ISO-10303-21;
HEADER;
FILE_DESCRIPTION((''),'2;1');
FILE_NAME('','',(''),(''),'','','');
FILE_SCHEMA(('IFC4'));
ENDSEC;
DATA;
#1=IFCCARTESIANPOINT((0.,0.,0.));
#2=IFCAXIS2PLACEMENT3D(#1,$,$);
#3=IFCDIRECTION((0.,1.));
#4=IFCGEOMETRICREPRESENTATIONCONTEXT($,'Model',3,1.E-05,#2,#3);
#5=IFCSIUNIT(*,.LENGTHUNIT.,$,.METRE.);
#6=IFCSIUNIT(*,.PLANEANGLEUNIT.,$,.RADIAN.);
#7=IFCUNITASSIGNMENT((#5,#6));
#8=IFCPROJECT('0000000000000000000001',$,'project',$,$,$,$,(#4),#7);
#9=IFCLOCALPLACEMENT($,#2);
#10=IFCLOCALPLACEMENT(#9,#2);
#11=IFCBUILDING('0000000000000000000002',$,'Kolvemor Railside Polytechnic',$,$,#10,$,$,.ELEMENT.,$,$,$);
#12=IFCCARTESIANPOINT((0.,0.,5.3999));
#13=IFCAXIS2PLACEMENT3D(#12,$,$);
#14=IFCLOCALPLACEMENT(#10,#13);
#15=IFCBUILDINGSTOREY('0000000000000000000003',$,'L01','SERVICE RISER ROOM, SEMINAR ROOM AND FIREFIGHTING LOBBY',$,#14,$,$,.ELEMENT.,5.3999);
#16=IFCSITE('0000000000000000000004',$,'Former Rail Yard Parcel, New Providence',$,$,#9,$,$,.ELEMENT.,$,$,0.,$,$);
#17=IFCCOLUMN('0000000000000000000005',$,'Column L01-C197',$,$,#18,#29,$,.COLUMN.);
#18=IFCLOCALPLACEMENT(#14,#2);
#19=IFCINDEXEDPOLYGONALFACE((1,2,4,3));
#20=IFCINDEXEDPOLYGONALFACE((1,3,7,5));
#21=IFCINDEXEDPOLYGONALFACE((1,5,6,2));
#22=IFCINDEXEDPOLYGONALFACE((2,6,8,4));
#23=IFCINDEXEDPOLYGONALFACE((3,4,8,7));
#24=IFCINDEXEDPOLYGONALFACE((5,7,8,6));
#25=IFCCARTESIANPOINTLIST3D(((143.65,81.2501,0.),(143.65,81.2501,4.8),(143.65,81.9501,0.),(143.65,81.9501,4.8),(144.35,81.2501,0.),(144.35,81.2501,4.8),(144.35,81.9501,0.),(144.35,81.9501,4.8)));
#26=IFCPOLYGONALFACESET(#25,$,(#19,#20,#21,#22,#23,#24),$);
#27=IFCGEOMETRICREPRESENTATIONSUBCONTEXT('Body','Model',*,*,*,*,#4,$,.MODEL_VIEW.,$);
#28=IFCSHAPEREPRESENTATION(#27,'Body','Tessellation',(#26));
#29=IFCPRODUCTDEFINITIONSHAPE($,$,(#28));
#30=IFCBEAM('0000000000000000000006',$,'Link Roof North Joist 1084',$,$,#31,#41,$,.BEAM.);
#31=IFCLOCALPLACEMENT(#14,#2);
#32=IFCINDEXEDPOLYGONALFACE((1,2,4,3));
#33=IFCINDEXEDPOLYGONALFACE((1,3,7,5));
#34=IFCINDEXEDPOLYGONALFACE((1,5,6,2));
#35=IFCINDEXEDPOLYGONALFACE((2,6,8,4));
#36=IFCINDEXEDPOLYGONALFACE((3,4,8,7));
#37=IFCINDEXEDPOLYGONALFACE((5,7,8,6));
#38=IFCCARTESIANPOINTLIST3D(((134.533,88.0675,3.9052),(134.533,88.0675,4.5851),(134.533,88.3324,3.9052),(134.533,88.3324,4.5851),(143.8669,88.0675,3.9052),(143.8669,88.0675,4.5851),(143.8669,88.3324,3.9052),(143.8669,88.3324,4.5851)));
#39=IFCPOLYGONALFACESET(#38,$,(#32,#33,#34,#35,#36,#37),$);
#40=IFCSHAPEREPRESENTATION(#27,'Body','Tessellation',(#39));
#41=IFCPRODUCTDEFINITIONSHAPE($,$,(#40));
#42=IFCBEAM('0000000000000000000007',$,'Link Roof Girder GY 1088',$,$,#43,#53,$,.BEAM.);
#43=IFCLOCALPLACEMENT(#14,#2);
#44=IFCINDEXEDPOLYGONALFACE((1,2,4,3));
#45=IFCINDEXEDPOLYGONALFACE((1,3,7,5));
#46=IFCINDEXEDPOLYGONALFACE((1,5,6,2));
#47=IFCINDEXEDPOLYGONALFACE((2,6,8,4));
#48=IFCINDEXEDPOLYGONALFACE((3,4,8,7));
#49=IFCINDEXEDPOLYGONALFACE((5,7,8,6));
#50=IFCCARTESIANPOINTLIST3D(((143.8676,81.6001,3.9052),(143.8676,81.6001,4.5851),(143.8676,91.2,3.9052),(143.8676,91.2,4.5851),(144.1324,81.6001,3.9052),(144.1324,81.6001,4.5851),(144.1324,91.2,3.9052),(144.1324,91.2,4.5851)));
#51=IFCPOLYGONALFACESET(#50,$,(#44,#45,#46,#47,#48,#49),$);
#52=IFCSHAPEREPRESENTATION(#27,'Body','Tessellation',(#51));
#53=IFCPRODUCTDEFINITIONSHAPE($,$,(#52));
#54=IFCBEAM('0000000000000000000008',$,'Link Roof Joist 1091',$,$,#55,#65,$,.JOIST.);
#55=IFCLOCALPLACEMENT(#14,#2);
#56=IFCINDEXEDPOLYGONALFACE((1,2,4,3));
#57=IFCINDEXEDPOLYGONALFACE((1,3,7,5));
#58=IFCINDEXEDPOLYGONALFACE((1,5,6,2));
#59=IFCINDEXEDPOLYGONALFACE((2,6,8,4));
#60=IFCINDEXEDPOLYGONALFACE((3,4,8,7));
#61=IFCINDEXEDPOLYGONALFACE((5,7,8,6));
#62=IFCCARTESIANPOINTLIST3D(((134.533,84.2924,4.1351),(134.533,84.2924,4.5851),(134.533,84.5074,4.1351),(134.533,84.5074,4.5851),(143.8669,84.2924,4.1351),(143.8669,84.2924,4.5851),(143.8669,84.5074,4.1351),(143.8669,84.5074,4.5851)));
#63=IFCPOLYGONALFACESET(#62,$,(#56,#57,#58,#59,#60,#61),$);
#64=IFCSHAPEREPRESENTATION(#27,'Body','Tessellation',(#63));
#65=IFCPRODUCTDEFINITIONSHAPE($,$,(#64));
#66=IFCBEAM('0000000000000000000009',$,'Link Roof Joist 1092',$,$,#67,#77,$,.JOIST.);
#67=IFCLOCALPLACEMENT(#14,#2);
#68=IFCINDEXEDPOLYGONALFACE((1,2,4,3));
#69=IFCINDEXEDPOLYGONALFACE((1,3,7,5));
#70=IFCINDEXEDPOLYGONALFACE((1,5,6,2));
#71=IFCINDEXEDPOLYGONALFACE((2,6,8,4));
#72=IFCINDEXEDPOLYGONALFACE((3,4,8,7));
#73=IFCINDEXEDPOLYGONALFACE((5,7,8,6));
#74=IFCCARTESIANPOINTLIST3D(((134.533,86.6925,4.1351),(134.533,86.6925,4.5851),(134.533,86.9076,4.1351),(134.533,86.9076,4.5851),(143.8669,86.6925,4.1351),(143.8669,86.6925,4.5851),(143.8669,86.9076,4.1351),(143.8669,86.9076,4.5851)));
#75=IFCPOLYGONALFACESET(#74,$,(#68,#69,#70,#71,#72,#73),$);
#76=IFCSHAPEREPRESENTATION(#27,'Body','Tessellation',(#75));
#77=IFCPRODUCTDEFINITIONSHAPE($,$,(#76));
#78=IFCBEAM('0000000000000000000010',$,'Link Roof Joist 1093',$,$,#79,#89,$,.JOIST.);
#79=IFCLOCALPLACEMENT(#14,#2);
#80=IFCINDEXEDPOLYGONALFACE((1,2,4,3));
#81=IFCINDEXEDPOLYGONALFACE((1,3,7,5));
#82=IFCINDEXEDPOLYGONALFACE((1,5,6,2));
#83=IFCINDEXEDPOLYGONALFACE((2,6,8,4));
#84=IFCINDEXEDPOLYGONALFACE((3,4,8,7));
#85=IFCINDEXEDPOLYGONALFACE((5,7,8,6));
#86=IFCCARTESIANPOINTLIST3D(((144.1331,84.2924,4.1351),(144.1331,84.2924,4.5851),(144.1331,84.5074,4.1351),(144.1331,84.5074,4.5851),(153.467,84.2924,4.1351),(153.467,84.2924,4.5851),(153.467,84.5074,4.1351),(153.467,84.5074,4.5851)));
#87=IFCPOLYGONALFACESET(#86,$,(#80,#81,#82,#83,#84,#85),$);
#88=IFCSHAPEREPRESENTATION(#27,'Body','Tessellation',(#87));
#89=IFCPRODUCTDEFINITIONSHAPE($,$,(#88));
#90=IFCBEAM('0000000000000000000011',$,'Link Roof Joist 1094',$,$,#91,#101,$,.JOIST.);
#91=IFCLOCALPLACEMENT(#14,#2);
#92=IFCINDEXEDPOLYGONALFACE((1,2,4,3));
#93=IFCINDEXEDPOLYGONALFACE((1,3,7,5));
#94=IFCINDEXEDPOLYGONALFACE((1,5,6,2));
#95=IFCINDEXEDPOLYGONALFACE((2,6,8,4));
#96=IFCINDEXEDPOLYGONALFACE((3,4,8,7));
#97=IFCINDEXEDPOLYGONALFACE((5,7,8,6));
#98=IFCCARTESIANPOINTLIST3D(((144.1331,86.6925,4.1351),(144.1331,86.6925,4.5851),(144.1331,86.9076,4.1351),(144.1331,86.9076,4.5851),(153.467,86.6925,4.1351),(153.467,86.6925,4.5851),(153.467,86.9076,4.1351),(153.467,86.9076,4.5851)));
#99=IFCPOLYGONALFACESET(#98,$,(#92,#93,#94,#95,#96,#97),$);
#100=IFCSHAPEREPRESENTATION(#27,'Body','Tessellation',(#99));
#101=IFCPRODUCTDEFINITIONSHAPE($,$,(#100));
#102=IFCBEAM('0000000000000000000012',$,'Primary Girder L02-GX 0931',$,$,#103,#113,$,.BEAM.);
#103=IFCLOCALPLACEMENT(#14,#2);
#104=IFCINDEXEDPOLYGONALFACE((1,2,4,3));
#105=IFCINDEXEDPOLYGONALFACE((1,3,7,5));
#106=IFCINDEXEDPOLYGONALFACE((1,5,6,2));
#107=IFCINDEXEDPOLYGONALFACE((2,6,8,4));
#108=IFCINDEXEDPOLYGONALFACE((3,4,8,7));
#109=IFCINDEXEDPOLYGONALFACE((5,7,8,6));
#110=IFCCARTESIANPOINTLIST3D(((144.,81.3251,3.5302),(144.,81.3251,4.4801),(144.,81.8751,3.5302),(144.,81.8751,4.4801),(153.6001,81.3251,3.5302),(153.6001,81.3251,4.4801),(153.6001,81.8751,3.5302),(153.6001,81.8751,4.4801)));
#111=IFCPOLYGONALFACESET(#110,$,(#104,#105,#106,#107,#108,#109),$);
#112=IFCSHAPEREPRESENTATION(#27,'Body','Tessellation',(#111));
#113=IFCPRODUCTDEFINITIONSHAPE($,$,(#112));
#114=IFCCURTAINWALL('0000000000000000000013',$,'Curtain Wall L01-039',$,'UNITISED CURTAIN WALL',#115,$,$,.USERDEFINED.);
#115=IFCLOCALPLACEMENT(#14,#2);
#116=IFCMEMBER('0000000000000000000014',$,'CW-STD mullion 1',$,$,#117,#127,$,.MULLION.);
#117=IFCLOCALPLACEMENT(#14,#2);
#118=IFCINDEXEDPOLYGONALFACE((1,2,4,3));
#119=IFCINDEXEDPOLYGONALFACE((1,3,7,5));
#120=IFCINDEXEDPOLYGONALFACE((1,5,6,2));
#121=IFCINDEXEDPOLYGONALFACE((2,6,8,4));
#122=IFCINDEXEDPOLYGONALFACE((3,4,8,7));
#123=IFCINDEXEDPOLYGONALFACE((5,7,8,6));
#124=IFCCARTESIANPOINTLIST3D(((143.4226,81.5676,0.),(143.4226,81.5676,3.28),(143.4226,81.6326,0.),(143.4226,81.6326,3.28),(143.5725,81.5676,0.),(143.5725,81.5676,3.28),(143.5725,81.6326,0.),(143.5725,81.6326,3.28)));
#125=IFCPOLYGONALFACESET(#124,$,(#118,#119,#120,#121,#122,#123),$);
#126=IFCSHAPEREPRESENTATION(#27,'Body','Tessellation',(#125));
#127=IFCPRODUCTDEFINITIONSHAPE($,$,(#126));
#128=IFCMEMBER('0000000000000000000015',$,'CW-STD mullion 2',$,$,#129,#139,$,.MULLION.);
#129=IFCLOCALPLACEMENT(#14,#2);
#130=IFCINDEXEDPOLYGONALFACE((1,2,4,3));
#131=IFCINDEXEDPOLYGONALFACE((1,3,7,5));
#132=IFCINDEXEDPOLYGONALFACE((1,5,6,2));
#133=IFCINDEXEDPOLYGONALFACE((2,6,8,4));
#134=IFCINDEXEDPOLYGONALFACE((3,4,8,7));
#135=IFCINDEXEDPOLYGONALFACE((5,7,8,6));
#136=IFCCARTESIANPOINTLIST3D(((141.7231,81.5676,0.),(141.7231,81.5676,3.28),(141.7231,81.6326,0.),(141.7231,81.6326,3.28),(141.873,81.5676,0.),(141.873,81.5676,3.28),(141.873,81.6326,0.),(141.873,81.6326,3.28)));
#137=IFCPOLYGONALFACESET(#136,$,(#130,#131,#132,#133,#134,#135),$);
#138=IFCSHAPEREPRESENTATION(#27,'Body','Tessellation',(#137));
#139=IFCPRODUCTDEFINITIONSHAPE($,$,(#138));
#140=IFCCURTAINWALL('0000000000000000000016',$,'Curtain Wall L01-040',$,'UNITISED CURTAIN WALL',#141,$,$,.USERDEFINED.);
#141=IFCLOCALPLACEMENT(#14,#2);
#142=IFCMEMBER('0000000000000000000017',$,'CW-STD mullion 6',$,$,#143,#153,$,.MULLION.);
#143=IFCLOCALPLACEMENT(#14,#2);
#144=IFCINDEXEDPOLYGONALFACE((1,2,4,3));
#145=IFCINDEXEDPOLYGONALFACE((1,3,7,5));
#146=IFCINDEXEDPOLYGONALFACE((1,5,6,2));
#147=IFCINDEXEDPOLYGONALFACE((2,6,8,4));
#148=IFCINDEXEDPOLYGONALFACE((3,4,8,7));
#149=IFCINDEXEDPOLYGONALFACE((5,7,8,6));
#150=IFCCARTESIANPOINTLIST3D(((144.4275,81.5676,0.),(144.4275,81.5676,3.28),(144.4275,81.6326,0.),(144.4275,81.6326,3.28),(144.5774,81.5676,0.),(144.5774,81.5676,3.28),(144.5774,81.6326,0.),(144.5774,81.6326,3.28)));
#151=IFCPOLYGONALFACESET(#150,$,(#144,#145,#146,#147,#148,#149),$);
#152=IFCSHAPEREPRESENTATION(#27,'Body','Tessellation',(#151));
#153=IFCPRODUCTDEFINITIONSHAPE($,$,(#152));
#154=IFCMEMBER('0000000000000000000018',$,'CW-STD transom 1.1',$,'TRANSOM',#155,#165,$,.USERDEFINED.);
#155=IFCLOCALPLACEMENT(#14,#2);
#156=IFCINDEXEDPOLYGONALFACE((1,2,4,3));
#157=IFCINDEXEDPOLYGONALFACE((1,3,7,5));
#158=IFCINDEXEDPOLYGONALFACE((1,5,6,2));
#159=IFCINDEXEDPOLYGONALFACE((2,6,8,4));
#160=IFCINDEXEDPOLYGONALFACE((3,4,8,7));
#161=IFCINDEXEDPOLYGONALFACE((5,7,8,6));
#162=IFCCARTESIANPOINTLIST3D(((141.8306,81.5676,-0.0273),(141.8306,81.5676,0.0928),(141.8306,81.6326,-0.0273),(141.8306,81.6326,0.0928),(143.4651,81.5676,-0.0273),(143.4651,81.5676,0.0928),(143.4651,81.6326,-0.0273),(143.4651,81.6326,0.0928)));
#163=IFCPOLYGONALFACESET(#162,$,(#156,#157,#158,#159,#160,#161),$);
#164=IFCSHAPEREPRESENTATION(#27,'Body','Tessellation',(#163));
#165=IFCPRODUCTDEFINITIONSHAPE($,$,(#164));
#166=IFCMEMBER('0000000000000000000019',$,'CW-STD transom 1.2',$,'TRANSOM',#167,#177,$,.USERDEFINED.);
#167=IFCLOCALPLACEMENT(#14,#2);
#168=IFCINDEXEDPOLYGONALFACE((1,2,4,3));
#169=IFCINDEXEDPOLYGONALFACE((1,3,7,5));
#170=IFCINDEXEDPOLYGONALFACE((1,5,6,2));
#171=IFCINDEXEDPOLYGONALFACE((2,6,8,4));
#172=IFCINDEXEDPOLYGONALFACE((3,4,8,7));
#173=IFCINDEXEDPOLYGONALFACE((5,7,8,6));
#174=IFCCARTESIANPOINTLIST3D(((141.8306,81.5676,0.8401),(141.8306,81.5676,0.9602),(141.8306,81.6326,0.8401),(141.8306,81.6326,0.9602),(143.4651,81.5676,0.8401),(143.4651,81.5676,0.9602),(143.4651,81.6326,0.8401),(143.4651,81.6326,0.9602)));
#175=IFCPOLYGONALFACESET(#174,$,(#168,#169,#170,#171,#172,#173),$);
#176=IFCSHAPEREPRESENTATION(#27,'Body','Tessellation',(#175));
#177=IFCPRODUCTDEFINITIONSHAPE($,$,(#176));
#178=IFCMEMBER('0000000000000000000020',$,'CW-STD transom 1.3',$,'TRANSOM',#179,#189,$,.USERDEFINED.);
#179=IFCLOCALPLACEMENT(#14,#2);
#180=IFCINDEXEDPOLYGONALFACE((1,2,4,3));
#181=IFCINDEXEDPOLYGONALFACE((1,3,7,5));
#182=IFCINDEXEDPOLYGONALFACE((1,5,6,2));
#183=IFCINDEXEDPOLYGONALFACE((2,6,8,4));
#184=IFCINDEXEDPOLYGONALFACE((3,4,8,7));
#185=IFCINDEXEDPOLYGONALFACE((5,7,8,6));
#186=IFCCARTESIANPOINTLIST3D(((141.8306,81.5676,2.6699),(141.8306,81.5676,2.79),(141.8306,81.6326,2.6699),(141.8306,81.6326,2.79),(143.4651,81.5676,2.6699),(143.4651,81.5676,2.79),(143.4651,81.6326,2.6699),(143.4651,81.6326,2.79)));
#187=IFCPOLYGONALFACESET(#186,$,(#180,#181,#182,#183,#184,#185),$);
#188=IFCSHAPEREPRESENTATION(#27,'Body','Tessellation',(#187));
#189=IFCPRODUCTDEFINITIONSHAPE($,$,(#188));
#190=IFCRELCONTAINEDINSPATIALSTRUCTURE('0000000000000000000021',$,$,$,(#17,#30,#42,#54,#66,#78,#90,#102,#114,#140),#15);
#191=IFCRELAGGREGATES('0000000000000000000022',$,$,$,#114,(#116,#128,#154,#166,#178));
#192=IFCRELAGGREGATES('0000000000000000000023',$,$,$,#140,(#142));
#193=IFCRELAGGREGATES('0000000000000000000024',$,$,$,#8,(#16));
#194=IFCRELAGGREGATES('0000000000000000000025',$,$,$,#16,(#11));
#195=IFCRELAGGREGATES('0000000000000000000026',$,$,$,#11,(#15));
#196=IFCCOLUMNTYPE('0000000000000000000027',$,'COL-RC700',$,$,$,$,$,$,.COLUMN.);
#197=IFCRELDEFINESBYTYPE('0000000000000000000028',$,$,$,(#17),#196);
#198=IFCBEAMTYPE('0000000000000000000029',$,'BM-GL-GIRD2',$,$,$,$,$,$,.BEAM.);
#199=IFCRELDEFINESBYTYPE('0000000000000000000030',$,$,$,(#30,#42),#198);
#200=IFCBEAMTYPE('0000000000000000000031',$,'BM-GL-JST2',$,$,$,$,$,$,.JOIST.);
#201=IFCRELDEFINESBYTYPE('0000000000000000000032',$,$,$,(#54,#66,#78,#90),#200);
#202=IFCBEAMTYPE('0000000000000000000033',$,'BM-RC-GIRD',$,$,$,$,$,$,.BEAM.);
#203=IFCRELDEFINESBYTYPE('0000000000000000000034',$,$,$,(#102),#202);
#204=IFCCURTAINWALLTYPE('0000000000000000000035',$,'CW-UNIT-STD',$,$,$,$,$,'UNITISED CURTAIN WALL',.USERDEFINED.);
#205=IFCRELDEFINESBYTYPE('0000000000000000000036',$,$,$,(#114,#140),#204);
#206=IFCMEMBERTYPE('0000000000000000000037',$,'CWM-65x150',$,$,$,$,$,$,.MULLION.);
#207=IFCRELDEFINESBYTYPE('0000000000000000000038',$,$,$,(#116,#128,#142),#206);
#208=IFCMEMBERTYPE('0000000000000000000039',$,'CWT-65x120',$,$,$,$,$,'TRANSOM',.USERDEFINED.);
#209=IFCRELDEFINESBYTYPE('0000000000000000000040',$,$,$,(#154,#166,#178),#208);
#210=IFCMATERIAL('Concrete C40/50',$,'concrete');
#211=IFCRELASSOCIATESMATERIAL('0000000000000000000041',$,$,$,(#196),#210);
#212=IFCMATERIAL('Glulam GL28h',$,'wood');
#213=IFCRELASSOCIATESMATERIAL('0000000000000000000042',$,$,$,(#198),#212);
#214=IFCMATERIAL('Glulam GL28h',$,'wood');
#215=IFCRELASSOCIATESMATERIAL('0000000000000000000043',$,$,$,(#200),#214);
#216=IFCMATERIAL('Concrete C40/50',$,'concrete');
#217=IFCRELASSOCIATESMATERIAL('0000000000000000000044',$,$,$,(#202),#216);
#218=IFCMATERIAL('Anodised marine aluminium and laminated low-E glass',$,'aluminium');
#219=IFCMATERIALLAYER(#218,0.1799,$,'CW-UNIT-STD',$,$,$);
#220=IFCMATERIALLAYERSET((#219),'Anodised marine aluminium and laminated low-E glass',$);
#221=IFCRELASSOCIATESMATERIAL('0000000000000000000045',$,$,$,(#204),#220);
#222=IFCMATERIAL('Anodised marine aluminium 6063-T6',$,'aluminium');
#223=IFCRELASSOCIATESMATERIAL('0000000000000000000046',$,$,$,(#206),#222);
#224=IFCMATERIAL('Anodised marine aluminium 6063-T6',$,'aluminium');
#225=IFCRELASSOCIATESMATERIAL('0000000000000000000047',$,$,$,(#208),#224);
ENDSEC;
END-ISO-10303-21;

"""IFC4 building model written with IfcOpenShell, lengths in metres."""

from ifc_helpers import new_model, si_unit, direction, frame, origin, origin_2d, place, context, subcontext, project, spatial, rectangle, extrude, material, layer, layer_set, material_profile, profile_set, type_object, element, aggregate, save


model = new_model("IFC4")

# Units and contexts
model_context = context("Model", 3, precision=1e-05, world=origin(), true_north=direction((0.0, 1.0)))
body_context = subcontext(model_context, "Body", "Model", "MODEL_VIEW")
ifc_project = project(units=[si_unit("LENGTHUNIT", "METRE"), si_unit("PLANEANGLEUNIT", "RADIAN")], contexts=[model_context])

# Site, building, storey
site_placement = place(None, origin())
site = spatial("IfcSite", under=ifc_project, at=site_placement, Name="Former Rail Yard Parcel, New Providence", CompositionType="ELEMENT", RefElevation=0.0)
building_placement = place(site_placement, origin())
building = spatial("IfcBuilding", under=site, at=building_placement, Name="Kolvemor Railside Polytechnic", CompositionType="ELEMENT")
storey_placement = place(building_placement, frame((0.0, 0.0, 5.3999)))
storey = spatial("IfcBuildingStorey", under=building, at=storey_placement, Name="L01", Description="SERVICE RISER ROOM, SEMINAR ROOM AND FIREFIGHTING LOBBY", CompositionType="ELEMENT", Elevation=5.3999)

# Column
ifc_material_1 = material(Name="Concrete C40/50", Category="concrete")
ifc_material_profile_1 = material_profile(ifc_material_1, rectangle(XDim=0.7, YDim=0.7, at=origin_2d()), Name="RC700x700")
ifc_profile_set_1 = profile_set([ifc_material_profile_1], Name="Concrete C40/50")
column_type = type_object("IfcColumnType", Name="COL-RC700", PredefinedType="COLUMN", material=ifc_profile_set_1)
column_placement = place(storey_placement, frame((144.0, 81.6001, 0.0), z_axis=(0.0, 0.0, 1.0), x_axis=(1.0, 0.0, 0.0)))
element("IfcColumn", 1, at=column_placement, inside=storey, type_object=column_type, Name="Column L01-C197", PredefinedType="COLUMN", context=body_context, shape_type="SweptSolid", body=[
    extrude(rectangle(XDim=0.7, YDim=0.7, at=origin_2d()), origin(), (0.0, 0.0, 1.0), 4.8),
])

# Beams
ifc_material_2 = material(Name="Glulam GL28h", Category="wood")
ifc_material_profile_2 = material_profile(ifc_material_2, rectangle(XDim=0.2649, YDim=0.6799, at=origin_2d()), Name="GL265x680")
ifc_profile_set_2 = profile_set([ifc_material_profile_2], Name="Glulam GL28h")
beam_type_1 = type_object("IfcBeamType", Name="BM-GL-GIRD2", PredefinedType="BEAM", material=ifc_profile_set_2)
beam_1_placement = place(storey_placement, frame((134.533, 88.2, 4.2451), z_axis=(1.0, 0.0, 0.0), x_axis=(0.0, 1.0, 0.0)))
element("IfcBeam", 2, at=beam_1_placement, inside=storey, type_object=beam_type_1, Name="Link Roof North Joist 1084", PredefinedType="BEAM", context=body_context, shape_type="SweptSolid", body=[
    extrude(rectangle(XDim=0.2649, YDim=0.6799, at=origin_2d()), origin(), (0.0, 0.0, 1.0), 9.334),
])
beam_2_placement = place(storey_placement, frame((144.0, 81.6001, 4.2451), z_axis=(0.0, 1.0, 0.0), x_axis=(-1.0, 0.0, 0.0)))
element("IfcBeam", 3, at=beam_2_placement, inside=storey, type_object=beam_type_1, Name="Link Roof Girder GY 1088", PredefinedType="BEAM", context=body_context, shape_type="SweptSolid", body=[
    extrude(rectangle(XDim=0.2649, YDim=0.6799, at=origin_2d()), origin(), (0.0, 0.0, 1.0), 9.5999),
])
ifc_material_3 = material(Name="Glulam GL28h", Category="wood")
ifc_material_profile_3 = material_profile(ifc_material_3, rectangle(XDim=0.2151, YDim=0.45, at=origin_2d()), Name="GL215x450")
ifc_profile_set_3 = profile_set([ifc_material_profile_3], Name="Glulam GL28h")
beam_type_2 = type_object("IfcBeamType", Name="BM-GL-JST2", PredefinedType="JOIST", material=ifc_profile_set_3)
for number, where, z_axis, x_axis, name in (
    (4, (134.533, 84.3999, 4.3601), (1.0, 0.0, 0.0), (0.0, 1.0, 0.0), "Link Roof Joist 1091"),
    (5, (134.533, 86.8, 4.3601), (1.0, 0.0, 0.0), (0.0, 1.0, 0.0), "Link Roof Joist 1092"),
    (6, (144.1331, 84.3999, 4.3601), (1.0, 0.0, 0.0), (0.0, 1.0, 0.0), "Link Roof Joist 1093"),
    (7, (144.1331, 86.8, 4.3601), (1.0, 0.0, 0.0), (0.0, 1.0, 0.0), "Link Roof Joist 1094"),
):
    element("IfcBeam", number, at=place(storey_placement, frame(where, z_axis=z_axis, x_axis=x_axis)), inside=storey, type_object=beam_type_2, Name=name, PredefinedType="JOIST", context=body_context, shape_type="SweptSolid", body=[
        extrude(rectangle(XDim=0.2151, YDim=0.45, at=origin_2d()), origin(), (0.0, 0.0, 1.0), 9.334),
    ])
ifc_material_4 = material(Name="Concrete C40/50", Category="concrete")
ifc_material_profile_4 = material_profile(ifc_material_4, rectangle(XDim=0.55, YDim=0.95, at=origin_2d()), Name="RC550x950")
ifc_profile_set_4 = profile_set([ifc_material_profile_4], Name="Concrete C40/50")
beam_type_3 = type_object("IfcBeamType", Name="BM-RC-GIRD", PredefinedType="BEAM", material=ifc_profile_set_4)
beam_3_placement = place(storey_placement, frame((144.0, 81.6001, 4.0051), z_axis=(1.0, 0.0, 0.0), x_axis=(0.0, 1.0, 0.0)))
element("IfcBeam", 8, at=beam_3_placement, inside=storey, type_object=beam_type_3, Name="Primary Girder L02-GX 0931", PredefinedType="BEAM", context=body_context, shape_type="SweptSolid", body=[
    extrude(rectangle(XDim=0.55, YDim=0.95, at=origin_2d()), origin(), (0.0, 0.0, 1.0), 9.6001),
])

# Curtain wall, members
ifc_material_5 = material(Name="Anodised marine aluminium and laminated low-E glass", Category="aluminium")
ifc_layer_1 = layer(ifc_material_5, 0.1799, Name="CW-UNIT-STD")
ifc_layer_set_1 = layer_set([ifc_layer_1], Name="Anodised marine aluminium and laminated low-E glass")
curtain_wall_type = type_object("IfcCurtainWallType", Name="CW-UNIT-STD", ElementType="UNITISED CURTAIN WALL", PredefinedType="USERDEFINED", material=ifc_layer_set_1)
curtain_wall_1_placement = place(storey_placement, origin())
curtain_wall_1 = element("IfcCurtainWall", 9, at=curtain_wall_1_placement, inside=storey, type_object=curtain_wall_type, Name="Curtain Wall L01-039", ObjectType="UNITISED CURTAIN WALL", PredefinedType="USERDEFINED")
ifc_material_6 = material(Name="Anodised marine aluminium 6063-T6", Category="aluminium")
ifc_material_profile_5 = material_profile(ifc_material_6, rectangle(XDim=0.0649, YDim=0.1499, at=origin_2d()), Name="CW-MUL-65x150")
ifc_profile_set_5 = profile_set([ifc_material_profile_5], Name="Anodised marine aluminium 6063-T6")
member_type_1 = type_object("IfcMemberType", Name="CWM-65x150", PredefinedType="MULLION", material=ifc_profile_set_5)
member_1_placement = place(storey_placement, frame((143.4976, 81.6001, 0.0), z_axis=(0.0, 0.0, 1.0), x_axis=(0.0, -1.0, 0.0)))
member_1 = element("IfcMember", 10, at=member_1_placement, type_object=member_type_1, Name="CW-STD mullion 1", PredefinedType="MULLION", context=body_context, shape_type="SweptSolid", body=[
    extrude(rectangle(XDim=0.0649, YDim=0.1499, at=origin_2d()), origin(), (0.0, 0.0, 1.0), 3.28),
])
member_2_placement = place(storey_placement, frame((141.7981, 81.6001, 0.0), z_axis=(0.0, 0.0, 1.0), x_axis=(0.0, -1.0, 0.0)))
member_2 = element("IfcMember", 11, at=member_2_placement, type_object=member_type_1, Name="CW-STD mullion 2", PredefinedType="MULLION", context=body_context, shape_type="SweptSolid", body=[
    extrude(rectangle(XDim=0.0649, YDim=0.1499, at=origin_2d()), origin(), (0.0, 0.0, 1.0), 3.28),
])

# Curtain wall, member
curtain_wall_2_placement = place(storey_placement, origin())
curtain_wall_2 = element("IfcCurtainWall", 12, at=curtain_wall_2_placement, inside=storey, type_object=curtain_wall_type, Name="Curtain Wall L01-040", ObjectType="UNITISED CURTAIN WALL", PredefinedType="USERDEFINED")
member_3_placement = place(storey_placement, frame((144.5024, 81.6001, 0.0), z_axis=(0.0, 0.0, 1.0), x_axis=(0.0, -1.0, 0.0)))
member_3 = element("IfcMember", 13, at=member_3_placement, type_object=member_type_1, Name="CW-STD mullion 6", PredefinedType="MULLION", context=body_context, shape_type="SweptSolid", body=[
    extrude(rectangle(XDim=0.0649, YDim=0.1499, at=origin_2d()), origin(), (0.0, 0.0, 1.0), 3.28),
])

# Members
ifc_material_7 = material(Name="Anodised marine aluminium 6063-T6", Category="aluminium")
ifc_material_profile_6 = material_profile(ifc_material_7, rectangle(XDim=0.0649, YDim=0.1201, at=origin_2d()), Name="CW-TRN-65x120")
ifc_profile_set_6 = profile_set([ifc_material_profile_6], Name="Anodised marine aluminium 6063-T6")
member_type_2 = type_object("IfcMemberType", Name="CWT-65x120", ElementType="TRANSOM", PredefinedType="USERDEFINED", material=ifc_profile_set_6)
member_4_placement = place(storey_placement, frame((143.4651, 81.6001, 0.0327), z_axis=(-1.0, 0.0, 0.0), x_axis=(0.0, -1.0, 0.0)))
member_4 = element("IfcMember", 14, at=member_4_placement, type_object=member_type_2, Name="CW-STD transom 1.1", ObjectType="TRANSOM", PredefinedType="USERDEFINED", context=body_context, shape_type="SweptSolid", body=[
    extrude(rectangle(XDim=0.0649, YDim=0.1201, at=origin_2d()), origin(), (0.0, 0.0, 1.0), 1.6345),
])
member_5_placement = place(storey_placement, frame((143.4651, 81.6001, 0.9001), z_axis=(-1.0, 0.0, 0.0), x_axis=(0.0, -1.0, 0.0)))
member_5 = element("IfcMember", 15, at=member_5_placement, type_object=member_type_2, Name="CW-STD transom 1.2", ObjectType="TRANSOM", PredefinedType="USERDEFINED", context=body_context, shape_type="SweptSolid", body=[
    extrude(rectangle(XDim=0.0649, YDim=0.1201, at=origin_2d()), origin(), (0.0, 0.0, 1.0), 1.6345),
])
member_6_placement = place(storey_placement, frame((143.4651, 81.6001, 2.73), z_axis=(-1.0, 0.0, 0.0), x_axis=(0.0, -1.0, 0.0)))
member_6 = element("IfcMember", 16, at=member_6_placement, type_object=member_type_2, Name="CW-STD transom 1.3", ObjectType="TRANSOM", PredefinedType="USERDEFINED", context=body_context, shape_type="SweptSolid", body=[
    extrude(rectangle(XDim=0.0649, YDim=0.1201, at=origin_2d()), origin(), (0.0, 0.0, 1.0), 1.6345),
])

aggregate(curtain_wall_1, [member_1, member_2, member_4, member_5, member_6])
aggregate(curtain_wall_2, [member_3])

save(model, "model.ifc")
